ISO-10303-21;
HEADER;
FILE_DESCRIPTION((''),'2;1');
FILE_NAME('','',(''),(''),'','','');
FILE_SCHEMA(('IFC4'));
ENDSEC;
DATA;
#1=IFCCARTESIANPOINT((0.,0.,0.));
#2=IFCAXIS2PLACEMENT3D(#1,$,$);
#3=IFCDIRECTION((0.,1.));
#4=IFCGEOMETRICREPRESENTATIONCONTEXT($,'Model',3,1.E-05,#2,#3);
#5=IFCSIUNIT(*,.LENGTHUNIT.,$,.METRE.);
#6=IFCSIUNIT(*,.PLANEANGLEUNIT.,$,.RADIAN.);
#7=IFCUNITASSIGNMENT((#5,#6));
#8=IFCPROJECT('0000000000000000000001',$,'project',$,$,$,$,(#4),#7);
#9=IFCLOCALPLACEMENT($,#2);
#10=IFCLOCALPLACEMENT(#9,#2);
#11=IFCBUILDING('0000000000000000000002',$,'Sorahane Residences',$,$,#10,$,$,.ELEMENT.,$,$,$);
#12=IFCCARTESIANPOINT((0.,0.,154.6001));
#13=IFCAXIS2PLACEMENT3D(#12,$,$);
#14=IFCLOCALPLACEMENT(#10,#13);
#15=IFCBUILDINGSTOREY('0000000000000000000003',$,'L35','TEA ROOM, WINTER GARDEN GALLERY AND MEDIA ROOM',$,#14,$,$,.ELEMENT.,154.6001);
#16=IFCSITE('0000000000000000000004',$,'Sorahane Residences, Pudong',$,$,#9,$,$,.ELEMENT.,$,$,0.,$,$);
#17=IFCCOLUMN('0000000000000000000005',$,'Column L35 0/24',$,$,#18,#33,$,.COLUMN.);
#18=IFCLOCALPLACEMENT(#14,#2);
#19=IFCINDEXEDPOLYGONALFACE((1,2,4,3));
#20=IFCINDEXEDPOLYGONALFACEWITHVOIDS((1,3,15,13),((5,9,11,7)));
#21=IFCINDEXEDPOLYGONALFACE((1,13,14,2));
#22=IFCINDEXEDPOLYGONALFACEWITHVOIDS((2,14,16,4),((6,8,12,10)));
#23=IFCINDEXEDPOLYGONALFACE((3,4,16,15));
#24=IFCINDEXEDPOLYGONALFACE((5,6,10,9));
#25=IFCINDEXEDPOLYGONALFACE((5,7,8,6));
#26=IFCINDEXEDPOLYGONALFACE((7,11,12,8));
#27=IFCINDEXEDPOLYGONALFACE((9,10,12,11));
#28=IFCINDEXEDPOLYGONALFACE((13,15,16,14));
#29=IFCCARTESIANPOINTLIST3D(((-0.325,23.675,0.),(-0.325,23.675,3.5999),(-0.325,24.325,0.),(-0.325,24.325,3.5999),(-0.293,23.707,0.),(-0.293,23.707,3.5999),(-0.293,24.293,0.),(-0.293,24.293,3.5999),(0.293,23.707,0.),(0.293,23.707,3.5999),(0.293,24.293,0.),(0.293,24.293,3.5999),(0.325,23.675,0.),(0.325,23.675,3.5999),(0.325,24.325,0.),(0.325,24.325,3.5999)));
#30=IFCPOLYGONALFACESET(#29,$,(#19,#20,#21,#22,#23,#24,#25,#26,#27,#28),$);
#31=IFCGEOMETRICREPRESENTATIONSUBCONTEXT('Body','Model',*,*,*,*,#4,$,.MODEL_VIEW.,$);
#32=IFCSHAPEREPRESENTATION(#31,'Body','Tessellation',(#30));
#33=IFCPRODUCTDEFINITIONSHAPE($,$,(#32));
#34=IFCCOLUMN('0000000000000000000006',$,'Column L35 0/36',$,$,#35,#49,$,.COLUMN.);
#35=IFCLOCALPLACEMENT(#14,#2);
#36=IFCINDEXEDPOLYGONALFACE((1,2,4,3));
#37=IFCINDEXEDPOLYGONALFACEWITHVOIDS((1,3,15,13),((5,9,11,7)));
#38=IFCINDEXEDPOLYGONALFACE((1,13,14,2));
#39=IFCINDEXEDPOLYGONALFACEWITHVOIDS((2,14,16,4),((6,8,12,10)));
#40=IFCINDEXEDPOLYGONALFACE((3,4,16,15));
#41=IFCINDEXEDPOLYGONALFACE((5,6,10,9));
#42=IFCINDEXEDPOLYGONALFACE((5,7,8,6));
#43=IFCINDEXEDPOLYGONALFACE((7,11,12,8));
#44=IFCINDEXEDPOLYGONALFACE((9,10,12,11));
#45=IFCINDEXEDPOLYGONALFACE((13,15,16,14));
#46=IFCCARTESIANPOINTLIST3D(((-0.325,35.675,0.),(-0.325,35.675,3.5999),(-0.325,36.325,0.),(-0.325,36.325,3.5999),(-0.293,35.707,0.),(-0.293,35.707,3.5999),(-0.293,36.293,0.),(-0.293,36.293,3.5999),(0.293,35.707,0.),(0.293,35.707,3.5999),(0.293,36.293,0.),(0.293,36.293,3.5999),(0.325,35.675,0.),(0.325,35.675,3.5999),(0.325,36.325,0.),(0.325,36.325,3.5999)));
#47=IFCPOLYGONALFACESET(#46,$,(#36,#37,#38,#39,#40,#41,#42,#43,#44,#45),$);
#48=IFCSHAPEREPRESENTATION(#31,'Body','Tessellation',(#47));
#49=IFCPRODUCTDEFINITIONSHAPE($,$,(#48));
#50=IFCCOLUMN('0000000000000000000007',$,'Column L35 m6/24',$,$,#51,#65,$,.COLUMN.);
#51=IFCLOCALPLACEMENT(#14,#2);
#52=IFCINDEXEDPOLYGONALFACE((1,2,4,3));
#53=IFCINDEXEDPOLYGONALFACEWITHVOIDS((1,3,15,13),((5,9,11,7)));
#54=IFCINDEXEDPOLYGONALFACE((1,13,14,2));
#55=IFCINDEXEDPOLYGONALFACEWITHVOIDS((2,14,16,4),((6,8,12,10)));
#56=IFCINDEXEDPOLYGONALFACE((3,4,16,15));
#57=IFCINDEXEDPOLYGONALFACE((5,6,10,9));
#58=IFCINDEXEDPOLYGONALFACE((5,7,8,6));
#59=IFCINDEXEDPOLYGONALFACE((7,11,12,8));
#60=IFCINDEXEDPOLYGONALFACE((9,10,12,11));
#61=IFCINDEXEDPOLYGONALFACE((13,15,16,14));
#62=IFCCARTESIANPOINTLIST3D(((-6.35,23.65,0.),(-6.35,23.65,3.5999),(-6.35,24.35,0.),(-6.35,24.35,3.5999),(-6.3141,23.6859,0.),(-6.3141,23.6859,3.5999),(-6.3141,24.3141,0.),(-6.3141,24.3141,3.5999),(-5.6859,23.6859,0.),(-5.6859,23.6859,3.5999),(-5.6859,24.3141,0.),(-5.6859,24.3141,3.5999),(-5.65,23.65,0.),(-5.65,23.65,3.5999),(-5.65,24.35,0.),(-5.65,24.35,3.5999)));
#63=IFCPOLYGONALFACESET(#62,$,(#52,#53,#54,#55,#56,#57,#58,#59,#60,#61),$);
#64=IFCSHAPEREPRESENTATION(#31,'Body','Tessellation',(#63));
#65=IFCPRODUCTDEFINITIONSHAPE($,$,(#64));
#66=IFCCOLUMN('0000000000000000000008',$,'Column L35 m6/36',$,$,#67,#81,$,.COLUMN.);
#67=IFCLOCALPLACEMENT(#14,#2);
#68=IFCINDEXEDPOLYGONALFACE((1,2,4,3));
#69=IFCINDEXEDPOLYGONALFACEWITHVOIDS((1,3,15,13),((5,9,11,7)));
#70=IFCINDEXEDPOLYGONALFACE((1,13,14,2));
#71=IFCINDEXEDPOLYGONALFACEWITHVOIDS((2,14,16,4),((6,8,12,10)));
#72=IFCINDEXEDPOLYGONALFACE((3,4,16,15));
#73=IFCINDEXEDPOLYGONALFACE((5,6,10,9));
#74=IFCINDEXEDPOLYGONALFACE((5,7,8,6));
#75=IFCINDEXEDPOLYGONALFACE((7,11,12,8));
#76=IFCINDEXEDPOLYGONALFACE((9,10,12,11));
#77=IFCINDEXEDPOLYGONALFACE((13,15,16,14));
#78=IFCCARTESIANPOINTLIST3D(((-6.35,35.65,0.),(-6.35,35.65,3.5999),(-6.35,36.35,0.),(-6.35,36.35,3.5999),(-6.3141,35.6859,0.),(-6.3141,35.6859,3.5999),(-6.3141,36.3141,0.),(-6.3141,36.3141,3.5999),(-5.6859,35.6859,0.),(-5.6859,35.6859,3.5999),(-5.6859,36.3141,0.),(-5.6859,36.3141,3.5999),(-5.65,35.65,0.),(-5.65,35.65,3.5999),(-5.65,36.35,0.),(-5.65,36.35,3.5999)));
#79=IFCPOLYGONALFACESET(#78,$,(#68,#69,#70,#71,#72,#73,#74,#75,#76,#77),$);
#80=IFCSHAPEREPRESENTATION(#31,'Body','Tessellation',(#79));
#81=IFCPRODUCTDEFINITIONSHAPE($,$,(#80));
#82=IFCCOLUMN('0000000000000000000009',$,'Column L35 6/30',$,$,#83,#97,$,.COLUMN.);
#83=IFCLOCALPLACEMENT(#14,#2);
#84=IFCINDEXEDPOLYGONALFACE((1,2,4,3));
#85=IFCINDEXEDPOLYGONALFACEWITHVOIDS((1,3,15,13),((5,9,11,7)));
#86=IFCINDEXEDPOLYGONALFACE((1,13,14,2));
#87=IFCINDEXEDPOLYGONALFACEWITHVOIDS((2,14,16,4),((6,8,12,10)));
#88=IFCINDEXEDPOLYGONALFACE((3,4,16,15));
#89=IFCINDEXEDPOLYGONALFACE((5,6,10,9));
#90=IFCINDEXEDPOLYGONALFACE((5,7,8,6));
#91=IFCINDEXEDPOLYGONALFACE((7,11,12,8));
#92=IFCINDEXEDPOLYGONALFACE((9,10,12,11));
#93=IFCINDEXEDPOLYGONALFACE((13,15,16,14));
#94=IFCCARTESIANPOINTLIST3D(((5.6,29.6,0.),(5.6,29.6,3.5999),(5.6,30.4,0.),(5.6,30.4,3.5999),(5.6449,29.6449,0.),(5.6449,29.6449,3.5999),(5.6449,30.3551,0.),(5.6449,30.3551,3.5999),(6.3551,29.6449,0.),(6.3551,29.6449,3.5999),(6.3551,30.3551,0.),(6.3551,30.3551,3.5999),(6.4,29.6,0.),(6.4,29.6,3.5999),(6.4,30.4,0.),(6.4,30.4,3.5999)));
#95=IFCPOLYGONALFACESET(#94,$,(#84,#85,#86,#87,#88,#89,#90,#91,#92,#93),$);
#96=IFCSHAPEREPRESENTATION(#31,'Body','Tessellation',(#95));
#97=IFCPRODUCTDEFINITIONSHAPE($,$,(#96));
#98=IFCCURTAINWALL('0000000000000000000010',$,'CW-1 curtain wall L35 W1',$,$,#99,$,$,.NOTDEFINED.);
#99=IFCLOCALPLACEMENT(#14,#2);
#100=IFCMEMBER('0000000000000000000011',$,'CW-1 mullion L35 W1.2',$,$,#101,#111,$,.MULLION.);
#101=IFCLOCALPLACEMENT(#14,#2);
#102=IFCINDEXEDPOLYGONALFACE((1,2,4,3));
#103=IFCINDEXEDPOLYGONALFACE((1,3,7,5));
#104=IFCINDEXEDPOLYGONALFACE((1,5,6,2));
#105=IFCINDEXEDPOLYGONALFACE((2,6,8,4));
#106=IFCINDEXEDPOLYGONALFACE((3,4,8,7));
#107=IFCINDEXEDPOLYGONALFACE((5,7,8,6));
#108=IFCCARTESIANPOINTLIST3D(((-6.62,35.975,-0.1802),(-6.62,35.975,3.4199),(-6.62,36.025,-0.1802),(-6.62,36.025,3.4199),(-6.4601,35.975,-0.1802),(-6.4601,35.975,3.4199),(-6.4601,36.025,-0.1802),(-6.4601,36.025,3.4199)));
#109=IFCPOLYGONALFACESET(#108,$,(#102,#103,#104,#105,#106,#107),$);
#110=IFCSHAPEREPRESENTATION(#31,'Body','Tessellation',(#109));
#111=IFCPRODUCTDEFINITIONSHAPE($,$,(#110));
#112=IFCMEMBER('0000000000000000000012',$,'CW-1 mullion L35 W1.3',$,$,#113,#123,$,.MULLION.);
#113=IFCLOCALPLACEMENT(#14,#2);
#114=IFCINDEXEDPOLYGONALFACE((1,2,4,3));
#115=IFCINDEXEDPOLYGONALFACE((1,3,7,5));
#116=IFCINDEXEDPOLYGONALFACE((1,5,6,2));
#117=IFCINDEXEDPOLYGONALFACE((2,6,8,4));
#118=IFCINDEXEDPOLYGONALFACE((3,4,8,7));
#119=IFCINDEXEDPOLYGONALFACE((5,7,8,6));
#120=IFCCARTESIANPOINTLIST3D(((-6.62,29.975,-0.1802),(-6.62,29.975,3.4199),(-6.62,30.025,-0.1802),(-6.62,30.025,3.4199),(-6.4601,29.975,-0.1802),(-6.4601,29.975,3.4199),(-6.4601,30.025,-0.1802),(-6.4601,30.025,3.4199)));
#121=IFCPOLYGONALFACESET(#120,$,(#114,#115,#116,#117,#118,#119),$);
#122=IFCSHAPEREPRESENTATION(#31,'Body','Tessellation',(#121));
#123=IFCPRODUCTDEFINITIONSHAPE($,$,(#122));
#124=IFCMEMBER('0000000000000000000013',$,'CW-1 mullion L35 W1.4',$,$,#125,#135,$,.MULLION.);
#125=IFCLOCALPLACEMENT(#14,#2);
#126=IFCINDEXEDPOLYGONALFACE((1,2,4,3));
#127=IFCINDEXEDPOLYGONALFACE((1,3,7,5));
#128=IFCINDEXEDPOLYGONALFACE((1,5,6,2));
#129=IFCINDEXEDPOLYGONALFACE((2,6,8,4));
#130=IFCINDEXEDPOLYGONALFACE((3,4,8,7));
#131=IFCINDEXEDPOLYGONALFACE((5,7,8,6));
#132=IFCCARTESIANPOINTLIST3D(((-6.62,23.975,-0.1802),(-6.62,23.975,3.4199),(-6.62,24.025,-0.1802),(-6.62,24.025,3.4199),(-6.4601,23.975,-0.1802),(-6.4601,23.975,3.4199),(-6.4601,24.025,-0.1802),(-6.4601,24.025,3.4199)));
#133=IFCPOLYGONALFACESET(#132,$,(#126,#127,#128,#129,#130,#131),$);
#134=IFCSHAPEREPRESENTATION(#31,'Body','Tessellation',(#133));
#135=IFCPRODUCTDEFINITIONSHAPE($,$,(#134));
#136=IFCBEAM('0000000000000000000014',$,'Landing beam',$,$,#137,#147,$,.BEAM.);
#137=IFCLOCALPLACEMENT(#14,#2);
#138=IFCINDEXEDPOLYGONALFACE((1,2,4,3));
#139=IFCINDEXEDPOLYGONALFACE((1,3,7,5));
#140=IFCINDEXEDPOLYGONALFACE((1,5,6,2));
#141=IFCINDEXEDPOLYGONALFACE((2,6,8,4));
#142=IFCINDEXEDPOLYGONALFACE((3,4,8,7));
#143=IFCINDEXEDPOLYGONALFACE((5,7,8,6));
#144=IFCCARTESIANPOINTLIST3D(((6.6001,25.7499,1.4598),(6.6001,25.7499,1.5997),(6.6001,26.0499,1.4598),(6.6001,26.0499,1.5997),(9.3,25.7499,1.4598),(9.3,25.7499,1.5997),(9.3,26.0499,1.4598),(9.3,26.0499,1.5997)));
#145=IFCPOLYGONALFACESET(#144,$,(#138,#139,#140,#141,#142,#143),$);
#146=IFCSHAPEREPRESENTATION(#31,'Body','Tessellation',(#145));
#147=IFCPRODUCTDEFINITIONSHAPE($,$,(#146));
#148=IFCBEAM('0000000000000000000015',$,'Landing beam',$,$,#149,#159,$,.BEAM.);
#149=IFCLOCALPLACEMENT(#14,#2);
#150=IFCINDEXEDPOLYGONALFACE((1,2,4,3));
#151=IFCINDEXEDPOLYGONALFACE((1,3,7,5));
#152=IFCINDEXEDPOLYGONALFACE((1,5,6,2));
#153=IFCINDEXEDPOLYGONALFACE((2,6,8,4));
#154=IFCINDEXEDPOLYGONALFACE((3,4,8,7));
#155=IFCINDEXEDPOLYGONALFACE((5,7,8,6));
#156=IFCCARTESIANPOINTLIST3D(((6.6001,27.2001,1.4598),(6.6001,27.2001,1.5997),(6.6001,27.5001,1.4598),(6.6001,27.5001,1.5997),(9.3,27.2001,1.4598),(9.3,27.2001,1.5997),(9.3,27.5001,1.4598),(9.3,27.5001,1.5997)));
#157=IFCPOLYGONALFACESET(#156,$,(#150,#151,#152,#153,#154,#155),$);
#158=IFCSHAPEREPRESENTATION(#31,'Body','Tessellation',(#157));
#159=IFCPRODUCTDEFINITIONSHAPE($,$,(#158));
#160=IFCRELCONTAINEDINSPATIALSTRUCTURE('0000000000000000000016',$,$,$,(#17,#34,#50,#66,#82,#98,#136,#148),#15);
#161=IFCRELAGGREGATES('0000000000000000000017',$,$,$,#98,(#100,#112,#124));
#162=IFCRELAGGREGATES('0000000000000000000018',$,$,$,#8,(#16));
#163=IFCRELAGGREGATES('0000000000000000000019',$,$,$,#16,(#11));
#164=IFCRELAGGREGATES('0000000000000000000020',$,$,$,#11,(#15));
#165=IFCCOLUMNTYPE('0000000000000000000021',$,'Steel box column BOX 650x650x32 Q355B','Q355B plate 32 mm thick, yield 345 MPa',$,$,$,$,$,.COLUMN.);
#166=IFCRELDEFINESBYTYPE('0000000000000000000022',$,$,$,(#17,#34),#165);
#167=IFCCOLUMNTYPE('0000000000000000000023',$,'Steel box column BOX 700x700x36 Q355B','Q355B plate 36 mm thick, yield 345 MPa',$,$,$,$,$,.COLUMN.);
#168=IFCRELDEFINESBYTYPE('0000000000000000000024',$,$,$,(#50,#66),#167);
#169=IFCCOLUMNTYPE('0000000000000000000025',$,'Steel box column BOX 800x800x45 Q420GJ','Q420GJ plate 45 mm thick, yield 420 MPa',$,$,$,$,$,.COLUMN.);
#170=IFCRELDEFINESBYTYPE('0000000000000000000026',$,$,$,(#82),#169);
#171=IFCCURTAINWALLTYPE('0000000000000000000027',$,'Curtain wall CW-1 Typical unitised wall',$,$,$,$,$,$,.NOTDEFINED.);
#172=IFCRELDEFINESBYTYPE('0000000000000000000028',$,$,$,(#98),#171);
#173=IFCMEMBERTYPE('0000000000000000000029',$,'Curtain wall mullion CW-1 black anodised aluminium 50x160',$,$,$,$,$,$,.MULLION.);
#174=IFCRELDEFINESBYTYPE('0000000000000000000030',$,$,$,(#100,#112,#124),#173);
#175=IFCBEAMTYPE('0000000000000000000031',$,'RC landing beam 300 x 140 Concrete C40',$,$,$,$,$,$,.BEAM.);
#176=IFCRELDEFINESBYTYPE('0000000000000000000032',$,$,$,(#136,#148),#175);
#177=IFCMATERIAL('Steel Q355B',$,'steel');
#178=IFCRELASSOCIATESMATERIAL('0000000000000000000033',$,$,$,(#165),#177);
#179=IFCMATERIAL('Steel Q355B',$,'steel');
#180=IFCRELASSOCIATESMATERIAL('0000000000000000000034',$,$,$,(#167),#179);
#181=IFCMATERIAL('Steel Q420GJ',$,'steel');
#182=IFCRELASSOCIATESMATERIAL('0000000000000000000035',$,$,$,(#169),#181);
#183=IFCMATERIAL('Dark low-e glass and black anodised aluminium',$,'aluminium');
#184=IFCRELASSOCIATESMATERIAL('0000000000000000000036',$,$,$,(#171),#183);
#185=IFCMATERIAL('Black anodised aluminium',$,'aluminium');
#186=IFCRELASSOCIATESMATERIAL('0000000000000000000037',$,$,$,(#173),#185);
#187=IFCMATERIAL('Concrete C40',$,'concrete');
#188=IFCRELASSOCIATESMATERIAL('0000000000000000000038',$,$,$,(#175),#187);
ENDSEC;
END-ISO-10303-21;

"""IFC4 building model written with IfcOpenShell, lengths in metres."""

from ifc_helpers import new_model, si_unit, direction, frame, origin, origin_2d, place, context, subcontext, project, spatial, rectangle, hollow_rectangle, extrude, material, material_profile, profile_set, type_object, element, aggregate, save


model = new_model("IFC4")

# Units and contexts
model_context = context("Model", 3, precision=1e-05, world=origin(), true_north=direction((0.0, 1.0)))
body_context = subcontext(model_context, "Body", "Model", "MODEL_VIEW")
ifc_project = project(units=[si_unit("LENGTHUNIT", "METRE"), si_unit("PLANEANGLEUNIT", "RADIAN")], contexts=[model_context])

# Site, building, storey
site_placement = place(None, origin())
site = spatial("IfcSite", under=ifc_project, at=site_placement, Name="Sorahane Residences, Pudong", CompositionType="ELEMENT", RefElevation=0.0)
building_placement = place(site_placement, origin())
building = spatial("IfcBuilding", under=site, at=building_placement, Name="Sorahane Residences", CompositionType="ELEMENT")
storey_placement = place(building_placement, frame((0.0, 0.0, 154.6001)))
storey = spatial("IfcBuildingStorey", under=building, at=storey_placement, Name="L35", Description="TEA ROOM, WINTER GARDEN GALLERY AND MEDIA ROOM", CompositionType="ELEMENT", Elevation=154.6001)

# Columns
ifc_material_1 = material(Name="Steel Q355B", Category="steel")
ifc_material_profile_1 = material_profile(ifc_material_1, hollow_rectangle(XDim=0.6499, YDim=0.6499, WallThickness=0.032, at=origin_2d()), Name="BOX 650x650x32")
ifc_profile_set_1 = profile_set([ifc_material_profile_1], Name="Steel Q355B")
column_type_1 = type_object("IfcColumnType", Name="Steel box column BOX 650x650x32 Q355B", Description="Q355B plate 32 mm thick, yield 345 MPa", PredefinedType="COLUMN", material=ifc_profile_set_1)
for number, where, z_axis, x_axis, name in (
    (1, (0.0, 24.0, 0.0), (0.0, 0.0, 1.0), (1.0, 0.0, 0.0), "Column L35 0/24"),
    (2, (0.0, 36.0, 0.0), (0.0, 0.0, 1.0), (1.0, 0.0, 0.0), "Column L35 0/36"),
):
    element("IfcColumn", number, at=place(storey_placement, frame(where, z_axis=z_axis, x_axis=x_axis)), inside=storey, type_object=column_type_1, Name=name, PredefinedType="COLUMN", context=body_context, shape_type="SweptSolid", body=[
        extrude(hollow_rectangle(XDim=0.6499, YDim=0.6499, WallThickness=0.032, at=origin_2d()), origin(), (0.0, 0.0, 1.0), 3.5999),
    ])
ifc_material_2 = material(Name="Steel Q355B", Category="steel")
ifc_material_profile_2 = material_profile(ifc_material_2, hollow_rectangle(XDim=0.7, YDim=0.7, WallThickness=0.0359, at=origin_2d()), Name="BOX 700x700x36")
ifc_profile_set_2 = profile_set([ifc_material_profile_2], Name="Steel Q355B")
column_type_2 = type_object("IfcColumnType", Name="Steel box column BOX 700x700x36 Q355B", Description="Q355B plate 36 mm thick, yield 345 MPa", PredefinedType="COLUMN", material=ifc_profile_set_2)
for number, where, z_axis, x_axis, name in (
    (3, (-6.0, 24.0, 0.0), (0.0, 0.0, 1.0), (1.0, 0.0, 0.0), "Column L35 m6/24"),
    (4, (-6.0, 36.0, 0.0), (0.0, 0.0, 1.0), (1.0, 0.0, 0.0), "Column L35 m6/36"),
):
    element("IfcColumn", number, at=place(storey_placement, frame(where, z_axis=z_axis, x_axis=x_axis)), inside=storey, type_object=column_type_2, Name=name, PredefinedType="COLUMN", context=body_context, shape_type="SweptSolid", body=[
        extrude(hollow_rectangle(XDim=0.7, YDim=0.7, WallThickness=0.0359, at=origin_2d()), origin(), (0.0, 0.0, 1.0), 3.5999),
    ])
ifc_material_3 = material(Name="Steel Q420GJ", Category="steel")
ifc_material_profile_3 = material_profile(ifc_material_3, hollow_rectangle(XDim=0.8, YDim=0.8, WallThickness=0.0449, at=origin_2d()), Name="BOX 800x800x45")
ifc_profile_set_3 = profile_set([ifc_material_profile_3], Name="Steel Q420GJ")
column_type_3 = type_object("IfcColumnType", Name="Steel box column BOX 800x800x45 Q420GJ", Description="Q420GJ plate 45 mm thick, yield 420 MPa", PredefinedType="COLUMN", material=ifc_profile_set_3)
column_placement = place(storey_placement, frame((6.0, 30.0, 0.0), z_axis=(0.0, 0.0, 1.0), x_axis=(1.0, 0.0, 0.0)))
element("IfcColumn", 5, at=column_placement, inside=storey, type_object=column_type_3, Name="Column L35 6/30", PredefinedType="COLUMN", context=body_context, shape_type="SweptSolid", body=[
    extrude(hollow_rectangle(XDim=0.8, YDim=0.8, WallThickness=0.0449, at=origin_2d()), origin(), (0.0, 0.0, 1.0), 3.5999),
])

# Curtain wall, members
ifc_material_4 = material(Name="Dark low-e glass and black anodised aluminium", Category="aluminium")
curtain_wall_type = type_object("IfcCurtainWallType", Name="Curtain wall CW-1 Typical unitised wall", PredefinedType="NOTDEFINED", material=ifc_material_4)
curtain_wall_placement = place(storey_placement, origin())
curtain_wall = element("IfcCurtainWall", 6, at=curtain_wall_placement, inside=storey, type_object=curtain_wall_type, Name="CW-1 curtain wall L35 W1", PredefinedType="NOTDEFINED")
ifc_material_5 = material(Name="Black anodised aluminium", Category="aluminium")
ifc_material_profile_4 = material_profile(ifc_material_5, rectangle(XDim=0.1599, YDim=0.05, at=origin_2d()), Name="Curtain wall mullion CW-1 black anodised aluminium 50x160")
ifc_profile_set_4 = profile_set([ifc_material_profile_4], Name="Black anodised aluminium")
member_type = type_object("IfcMemberType", Name="Curtain wall mullion CW-1 black anodised aluminium 50x160", PredefinedType="MULLION", material=ifc_profile_set_4)
member_1_placement = place(storey_placement, frame((-6.54, 36.0, -0.1802), z_axis=(0.0, 0.0, 1.0), x_axis=(-1.0, 0.0, 0.0)))
member_1 = element("IfcMember", 7, at=member_1_placement, type_object=member_type, Name="CW-1 mullion L35 W1.2", PredefinedType="MULLION", context=body_context, shape_type="SweptSolid", body=[
    extrude(rectangle(XDim=0.1599, YDim=0.05, at=origin_2d()), origin(), (0.0, 0.0, 1.0), 3.6001),
])
member_2_placement = place(storey_placement, frame((-6.54, 30.0, -0.1802), z_axis=(0.0, 0.0, 1.0), x_axis=(-1.0, 0.0, 0.0)))
member_2 = element("IfcMember", 8, at=member_2_placement, type_object=member_type, Name="CW-1 mullion L35 W1.3", PredefinedType="MULLION", context=body_context, shape_type="SweptSolid", body=[
    extrude(rectangle(XDim=0.1599, YDim=0.05, at=origin_2d()), origin(), (0.0, 0.0, 1.0), 3.6001),
])
member_3_placement = place(storey_placement, frame((-6.54, 24.0, -0.1802), z_axis=(0.0, 0.0, 1.0), x_axis=(-1.0, 0.0, 0.0)))
member_3 = element("IfcMember", 9, at=member_3_placement, type_object=member_type, Name="CW-1 mullion L35 W1.4", PredefinedType="MULLION", context=body_context, shape_type="SweptSolid", body=[
    extrude(rectangle(XDim=0.1599, YDim=0.05, at=origin_2d()), origin(), (0.0, 0.0, 1.0), 3.6001),
])

# Beams
ifc_material_6 = material(Name="Concrete C40", Category="concrete")
ifc_material_profile_5 = material_profile(ifc_material_6, rectangle(XDim=0.3, YDim=0.1399, at=origin_2d()), Name="300x140")
ifc_profile_set_5 = profile_set([ifc_material_profile_5], Name="Concrete C40")
beam_type_1 = type_object("IfcBeamType", Name="RC landing beam 300 x 140 Concrete C40", PredefinedType="BEAM", material=ifc_profile_set_5)
for number, where, z_axis, x_axis, name in (
    (10, (6.6001, 25.8999, 1.5298), (1.0, 0.0, 0.0), (0.0, 1.0, 0.0), "Landing beam"),
    (11, (6.6001, 27.3501, 1.5298), (1.0, 0.0, 0.0), (0.0, 1.0, 0.0), "Landing beam"),
):
    element("IfcBeam", number, at=place(storey_placement, frame(where, z_axis=z_axis, x_axis=x_axis)), inside=storey, type_object=beam_type_1, Name=name, PredefinedType="BEAM", context=body_context, shape_type="SweptSolid", body=[
        extrude(rectangle(XDim=0.3, YDim=0.1399, at=origin_2d()), origin(), (0.0, 0.0, 1.0), 2.7),
    ])

aggregate(curtain_wall, [member_1, member_2, member_3])

save(model, "model.ifc")
